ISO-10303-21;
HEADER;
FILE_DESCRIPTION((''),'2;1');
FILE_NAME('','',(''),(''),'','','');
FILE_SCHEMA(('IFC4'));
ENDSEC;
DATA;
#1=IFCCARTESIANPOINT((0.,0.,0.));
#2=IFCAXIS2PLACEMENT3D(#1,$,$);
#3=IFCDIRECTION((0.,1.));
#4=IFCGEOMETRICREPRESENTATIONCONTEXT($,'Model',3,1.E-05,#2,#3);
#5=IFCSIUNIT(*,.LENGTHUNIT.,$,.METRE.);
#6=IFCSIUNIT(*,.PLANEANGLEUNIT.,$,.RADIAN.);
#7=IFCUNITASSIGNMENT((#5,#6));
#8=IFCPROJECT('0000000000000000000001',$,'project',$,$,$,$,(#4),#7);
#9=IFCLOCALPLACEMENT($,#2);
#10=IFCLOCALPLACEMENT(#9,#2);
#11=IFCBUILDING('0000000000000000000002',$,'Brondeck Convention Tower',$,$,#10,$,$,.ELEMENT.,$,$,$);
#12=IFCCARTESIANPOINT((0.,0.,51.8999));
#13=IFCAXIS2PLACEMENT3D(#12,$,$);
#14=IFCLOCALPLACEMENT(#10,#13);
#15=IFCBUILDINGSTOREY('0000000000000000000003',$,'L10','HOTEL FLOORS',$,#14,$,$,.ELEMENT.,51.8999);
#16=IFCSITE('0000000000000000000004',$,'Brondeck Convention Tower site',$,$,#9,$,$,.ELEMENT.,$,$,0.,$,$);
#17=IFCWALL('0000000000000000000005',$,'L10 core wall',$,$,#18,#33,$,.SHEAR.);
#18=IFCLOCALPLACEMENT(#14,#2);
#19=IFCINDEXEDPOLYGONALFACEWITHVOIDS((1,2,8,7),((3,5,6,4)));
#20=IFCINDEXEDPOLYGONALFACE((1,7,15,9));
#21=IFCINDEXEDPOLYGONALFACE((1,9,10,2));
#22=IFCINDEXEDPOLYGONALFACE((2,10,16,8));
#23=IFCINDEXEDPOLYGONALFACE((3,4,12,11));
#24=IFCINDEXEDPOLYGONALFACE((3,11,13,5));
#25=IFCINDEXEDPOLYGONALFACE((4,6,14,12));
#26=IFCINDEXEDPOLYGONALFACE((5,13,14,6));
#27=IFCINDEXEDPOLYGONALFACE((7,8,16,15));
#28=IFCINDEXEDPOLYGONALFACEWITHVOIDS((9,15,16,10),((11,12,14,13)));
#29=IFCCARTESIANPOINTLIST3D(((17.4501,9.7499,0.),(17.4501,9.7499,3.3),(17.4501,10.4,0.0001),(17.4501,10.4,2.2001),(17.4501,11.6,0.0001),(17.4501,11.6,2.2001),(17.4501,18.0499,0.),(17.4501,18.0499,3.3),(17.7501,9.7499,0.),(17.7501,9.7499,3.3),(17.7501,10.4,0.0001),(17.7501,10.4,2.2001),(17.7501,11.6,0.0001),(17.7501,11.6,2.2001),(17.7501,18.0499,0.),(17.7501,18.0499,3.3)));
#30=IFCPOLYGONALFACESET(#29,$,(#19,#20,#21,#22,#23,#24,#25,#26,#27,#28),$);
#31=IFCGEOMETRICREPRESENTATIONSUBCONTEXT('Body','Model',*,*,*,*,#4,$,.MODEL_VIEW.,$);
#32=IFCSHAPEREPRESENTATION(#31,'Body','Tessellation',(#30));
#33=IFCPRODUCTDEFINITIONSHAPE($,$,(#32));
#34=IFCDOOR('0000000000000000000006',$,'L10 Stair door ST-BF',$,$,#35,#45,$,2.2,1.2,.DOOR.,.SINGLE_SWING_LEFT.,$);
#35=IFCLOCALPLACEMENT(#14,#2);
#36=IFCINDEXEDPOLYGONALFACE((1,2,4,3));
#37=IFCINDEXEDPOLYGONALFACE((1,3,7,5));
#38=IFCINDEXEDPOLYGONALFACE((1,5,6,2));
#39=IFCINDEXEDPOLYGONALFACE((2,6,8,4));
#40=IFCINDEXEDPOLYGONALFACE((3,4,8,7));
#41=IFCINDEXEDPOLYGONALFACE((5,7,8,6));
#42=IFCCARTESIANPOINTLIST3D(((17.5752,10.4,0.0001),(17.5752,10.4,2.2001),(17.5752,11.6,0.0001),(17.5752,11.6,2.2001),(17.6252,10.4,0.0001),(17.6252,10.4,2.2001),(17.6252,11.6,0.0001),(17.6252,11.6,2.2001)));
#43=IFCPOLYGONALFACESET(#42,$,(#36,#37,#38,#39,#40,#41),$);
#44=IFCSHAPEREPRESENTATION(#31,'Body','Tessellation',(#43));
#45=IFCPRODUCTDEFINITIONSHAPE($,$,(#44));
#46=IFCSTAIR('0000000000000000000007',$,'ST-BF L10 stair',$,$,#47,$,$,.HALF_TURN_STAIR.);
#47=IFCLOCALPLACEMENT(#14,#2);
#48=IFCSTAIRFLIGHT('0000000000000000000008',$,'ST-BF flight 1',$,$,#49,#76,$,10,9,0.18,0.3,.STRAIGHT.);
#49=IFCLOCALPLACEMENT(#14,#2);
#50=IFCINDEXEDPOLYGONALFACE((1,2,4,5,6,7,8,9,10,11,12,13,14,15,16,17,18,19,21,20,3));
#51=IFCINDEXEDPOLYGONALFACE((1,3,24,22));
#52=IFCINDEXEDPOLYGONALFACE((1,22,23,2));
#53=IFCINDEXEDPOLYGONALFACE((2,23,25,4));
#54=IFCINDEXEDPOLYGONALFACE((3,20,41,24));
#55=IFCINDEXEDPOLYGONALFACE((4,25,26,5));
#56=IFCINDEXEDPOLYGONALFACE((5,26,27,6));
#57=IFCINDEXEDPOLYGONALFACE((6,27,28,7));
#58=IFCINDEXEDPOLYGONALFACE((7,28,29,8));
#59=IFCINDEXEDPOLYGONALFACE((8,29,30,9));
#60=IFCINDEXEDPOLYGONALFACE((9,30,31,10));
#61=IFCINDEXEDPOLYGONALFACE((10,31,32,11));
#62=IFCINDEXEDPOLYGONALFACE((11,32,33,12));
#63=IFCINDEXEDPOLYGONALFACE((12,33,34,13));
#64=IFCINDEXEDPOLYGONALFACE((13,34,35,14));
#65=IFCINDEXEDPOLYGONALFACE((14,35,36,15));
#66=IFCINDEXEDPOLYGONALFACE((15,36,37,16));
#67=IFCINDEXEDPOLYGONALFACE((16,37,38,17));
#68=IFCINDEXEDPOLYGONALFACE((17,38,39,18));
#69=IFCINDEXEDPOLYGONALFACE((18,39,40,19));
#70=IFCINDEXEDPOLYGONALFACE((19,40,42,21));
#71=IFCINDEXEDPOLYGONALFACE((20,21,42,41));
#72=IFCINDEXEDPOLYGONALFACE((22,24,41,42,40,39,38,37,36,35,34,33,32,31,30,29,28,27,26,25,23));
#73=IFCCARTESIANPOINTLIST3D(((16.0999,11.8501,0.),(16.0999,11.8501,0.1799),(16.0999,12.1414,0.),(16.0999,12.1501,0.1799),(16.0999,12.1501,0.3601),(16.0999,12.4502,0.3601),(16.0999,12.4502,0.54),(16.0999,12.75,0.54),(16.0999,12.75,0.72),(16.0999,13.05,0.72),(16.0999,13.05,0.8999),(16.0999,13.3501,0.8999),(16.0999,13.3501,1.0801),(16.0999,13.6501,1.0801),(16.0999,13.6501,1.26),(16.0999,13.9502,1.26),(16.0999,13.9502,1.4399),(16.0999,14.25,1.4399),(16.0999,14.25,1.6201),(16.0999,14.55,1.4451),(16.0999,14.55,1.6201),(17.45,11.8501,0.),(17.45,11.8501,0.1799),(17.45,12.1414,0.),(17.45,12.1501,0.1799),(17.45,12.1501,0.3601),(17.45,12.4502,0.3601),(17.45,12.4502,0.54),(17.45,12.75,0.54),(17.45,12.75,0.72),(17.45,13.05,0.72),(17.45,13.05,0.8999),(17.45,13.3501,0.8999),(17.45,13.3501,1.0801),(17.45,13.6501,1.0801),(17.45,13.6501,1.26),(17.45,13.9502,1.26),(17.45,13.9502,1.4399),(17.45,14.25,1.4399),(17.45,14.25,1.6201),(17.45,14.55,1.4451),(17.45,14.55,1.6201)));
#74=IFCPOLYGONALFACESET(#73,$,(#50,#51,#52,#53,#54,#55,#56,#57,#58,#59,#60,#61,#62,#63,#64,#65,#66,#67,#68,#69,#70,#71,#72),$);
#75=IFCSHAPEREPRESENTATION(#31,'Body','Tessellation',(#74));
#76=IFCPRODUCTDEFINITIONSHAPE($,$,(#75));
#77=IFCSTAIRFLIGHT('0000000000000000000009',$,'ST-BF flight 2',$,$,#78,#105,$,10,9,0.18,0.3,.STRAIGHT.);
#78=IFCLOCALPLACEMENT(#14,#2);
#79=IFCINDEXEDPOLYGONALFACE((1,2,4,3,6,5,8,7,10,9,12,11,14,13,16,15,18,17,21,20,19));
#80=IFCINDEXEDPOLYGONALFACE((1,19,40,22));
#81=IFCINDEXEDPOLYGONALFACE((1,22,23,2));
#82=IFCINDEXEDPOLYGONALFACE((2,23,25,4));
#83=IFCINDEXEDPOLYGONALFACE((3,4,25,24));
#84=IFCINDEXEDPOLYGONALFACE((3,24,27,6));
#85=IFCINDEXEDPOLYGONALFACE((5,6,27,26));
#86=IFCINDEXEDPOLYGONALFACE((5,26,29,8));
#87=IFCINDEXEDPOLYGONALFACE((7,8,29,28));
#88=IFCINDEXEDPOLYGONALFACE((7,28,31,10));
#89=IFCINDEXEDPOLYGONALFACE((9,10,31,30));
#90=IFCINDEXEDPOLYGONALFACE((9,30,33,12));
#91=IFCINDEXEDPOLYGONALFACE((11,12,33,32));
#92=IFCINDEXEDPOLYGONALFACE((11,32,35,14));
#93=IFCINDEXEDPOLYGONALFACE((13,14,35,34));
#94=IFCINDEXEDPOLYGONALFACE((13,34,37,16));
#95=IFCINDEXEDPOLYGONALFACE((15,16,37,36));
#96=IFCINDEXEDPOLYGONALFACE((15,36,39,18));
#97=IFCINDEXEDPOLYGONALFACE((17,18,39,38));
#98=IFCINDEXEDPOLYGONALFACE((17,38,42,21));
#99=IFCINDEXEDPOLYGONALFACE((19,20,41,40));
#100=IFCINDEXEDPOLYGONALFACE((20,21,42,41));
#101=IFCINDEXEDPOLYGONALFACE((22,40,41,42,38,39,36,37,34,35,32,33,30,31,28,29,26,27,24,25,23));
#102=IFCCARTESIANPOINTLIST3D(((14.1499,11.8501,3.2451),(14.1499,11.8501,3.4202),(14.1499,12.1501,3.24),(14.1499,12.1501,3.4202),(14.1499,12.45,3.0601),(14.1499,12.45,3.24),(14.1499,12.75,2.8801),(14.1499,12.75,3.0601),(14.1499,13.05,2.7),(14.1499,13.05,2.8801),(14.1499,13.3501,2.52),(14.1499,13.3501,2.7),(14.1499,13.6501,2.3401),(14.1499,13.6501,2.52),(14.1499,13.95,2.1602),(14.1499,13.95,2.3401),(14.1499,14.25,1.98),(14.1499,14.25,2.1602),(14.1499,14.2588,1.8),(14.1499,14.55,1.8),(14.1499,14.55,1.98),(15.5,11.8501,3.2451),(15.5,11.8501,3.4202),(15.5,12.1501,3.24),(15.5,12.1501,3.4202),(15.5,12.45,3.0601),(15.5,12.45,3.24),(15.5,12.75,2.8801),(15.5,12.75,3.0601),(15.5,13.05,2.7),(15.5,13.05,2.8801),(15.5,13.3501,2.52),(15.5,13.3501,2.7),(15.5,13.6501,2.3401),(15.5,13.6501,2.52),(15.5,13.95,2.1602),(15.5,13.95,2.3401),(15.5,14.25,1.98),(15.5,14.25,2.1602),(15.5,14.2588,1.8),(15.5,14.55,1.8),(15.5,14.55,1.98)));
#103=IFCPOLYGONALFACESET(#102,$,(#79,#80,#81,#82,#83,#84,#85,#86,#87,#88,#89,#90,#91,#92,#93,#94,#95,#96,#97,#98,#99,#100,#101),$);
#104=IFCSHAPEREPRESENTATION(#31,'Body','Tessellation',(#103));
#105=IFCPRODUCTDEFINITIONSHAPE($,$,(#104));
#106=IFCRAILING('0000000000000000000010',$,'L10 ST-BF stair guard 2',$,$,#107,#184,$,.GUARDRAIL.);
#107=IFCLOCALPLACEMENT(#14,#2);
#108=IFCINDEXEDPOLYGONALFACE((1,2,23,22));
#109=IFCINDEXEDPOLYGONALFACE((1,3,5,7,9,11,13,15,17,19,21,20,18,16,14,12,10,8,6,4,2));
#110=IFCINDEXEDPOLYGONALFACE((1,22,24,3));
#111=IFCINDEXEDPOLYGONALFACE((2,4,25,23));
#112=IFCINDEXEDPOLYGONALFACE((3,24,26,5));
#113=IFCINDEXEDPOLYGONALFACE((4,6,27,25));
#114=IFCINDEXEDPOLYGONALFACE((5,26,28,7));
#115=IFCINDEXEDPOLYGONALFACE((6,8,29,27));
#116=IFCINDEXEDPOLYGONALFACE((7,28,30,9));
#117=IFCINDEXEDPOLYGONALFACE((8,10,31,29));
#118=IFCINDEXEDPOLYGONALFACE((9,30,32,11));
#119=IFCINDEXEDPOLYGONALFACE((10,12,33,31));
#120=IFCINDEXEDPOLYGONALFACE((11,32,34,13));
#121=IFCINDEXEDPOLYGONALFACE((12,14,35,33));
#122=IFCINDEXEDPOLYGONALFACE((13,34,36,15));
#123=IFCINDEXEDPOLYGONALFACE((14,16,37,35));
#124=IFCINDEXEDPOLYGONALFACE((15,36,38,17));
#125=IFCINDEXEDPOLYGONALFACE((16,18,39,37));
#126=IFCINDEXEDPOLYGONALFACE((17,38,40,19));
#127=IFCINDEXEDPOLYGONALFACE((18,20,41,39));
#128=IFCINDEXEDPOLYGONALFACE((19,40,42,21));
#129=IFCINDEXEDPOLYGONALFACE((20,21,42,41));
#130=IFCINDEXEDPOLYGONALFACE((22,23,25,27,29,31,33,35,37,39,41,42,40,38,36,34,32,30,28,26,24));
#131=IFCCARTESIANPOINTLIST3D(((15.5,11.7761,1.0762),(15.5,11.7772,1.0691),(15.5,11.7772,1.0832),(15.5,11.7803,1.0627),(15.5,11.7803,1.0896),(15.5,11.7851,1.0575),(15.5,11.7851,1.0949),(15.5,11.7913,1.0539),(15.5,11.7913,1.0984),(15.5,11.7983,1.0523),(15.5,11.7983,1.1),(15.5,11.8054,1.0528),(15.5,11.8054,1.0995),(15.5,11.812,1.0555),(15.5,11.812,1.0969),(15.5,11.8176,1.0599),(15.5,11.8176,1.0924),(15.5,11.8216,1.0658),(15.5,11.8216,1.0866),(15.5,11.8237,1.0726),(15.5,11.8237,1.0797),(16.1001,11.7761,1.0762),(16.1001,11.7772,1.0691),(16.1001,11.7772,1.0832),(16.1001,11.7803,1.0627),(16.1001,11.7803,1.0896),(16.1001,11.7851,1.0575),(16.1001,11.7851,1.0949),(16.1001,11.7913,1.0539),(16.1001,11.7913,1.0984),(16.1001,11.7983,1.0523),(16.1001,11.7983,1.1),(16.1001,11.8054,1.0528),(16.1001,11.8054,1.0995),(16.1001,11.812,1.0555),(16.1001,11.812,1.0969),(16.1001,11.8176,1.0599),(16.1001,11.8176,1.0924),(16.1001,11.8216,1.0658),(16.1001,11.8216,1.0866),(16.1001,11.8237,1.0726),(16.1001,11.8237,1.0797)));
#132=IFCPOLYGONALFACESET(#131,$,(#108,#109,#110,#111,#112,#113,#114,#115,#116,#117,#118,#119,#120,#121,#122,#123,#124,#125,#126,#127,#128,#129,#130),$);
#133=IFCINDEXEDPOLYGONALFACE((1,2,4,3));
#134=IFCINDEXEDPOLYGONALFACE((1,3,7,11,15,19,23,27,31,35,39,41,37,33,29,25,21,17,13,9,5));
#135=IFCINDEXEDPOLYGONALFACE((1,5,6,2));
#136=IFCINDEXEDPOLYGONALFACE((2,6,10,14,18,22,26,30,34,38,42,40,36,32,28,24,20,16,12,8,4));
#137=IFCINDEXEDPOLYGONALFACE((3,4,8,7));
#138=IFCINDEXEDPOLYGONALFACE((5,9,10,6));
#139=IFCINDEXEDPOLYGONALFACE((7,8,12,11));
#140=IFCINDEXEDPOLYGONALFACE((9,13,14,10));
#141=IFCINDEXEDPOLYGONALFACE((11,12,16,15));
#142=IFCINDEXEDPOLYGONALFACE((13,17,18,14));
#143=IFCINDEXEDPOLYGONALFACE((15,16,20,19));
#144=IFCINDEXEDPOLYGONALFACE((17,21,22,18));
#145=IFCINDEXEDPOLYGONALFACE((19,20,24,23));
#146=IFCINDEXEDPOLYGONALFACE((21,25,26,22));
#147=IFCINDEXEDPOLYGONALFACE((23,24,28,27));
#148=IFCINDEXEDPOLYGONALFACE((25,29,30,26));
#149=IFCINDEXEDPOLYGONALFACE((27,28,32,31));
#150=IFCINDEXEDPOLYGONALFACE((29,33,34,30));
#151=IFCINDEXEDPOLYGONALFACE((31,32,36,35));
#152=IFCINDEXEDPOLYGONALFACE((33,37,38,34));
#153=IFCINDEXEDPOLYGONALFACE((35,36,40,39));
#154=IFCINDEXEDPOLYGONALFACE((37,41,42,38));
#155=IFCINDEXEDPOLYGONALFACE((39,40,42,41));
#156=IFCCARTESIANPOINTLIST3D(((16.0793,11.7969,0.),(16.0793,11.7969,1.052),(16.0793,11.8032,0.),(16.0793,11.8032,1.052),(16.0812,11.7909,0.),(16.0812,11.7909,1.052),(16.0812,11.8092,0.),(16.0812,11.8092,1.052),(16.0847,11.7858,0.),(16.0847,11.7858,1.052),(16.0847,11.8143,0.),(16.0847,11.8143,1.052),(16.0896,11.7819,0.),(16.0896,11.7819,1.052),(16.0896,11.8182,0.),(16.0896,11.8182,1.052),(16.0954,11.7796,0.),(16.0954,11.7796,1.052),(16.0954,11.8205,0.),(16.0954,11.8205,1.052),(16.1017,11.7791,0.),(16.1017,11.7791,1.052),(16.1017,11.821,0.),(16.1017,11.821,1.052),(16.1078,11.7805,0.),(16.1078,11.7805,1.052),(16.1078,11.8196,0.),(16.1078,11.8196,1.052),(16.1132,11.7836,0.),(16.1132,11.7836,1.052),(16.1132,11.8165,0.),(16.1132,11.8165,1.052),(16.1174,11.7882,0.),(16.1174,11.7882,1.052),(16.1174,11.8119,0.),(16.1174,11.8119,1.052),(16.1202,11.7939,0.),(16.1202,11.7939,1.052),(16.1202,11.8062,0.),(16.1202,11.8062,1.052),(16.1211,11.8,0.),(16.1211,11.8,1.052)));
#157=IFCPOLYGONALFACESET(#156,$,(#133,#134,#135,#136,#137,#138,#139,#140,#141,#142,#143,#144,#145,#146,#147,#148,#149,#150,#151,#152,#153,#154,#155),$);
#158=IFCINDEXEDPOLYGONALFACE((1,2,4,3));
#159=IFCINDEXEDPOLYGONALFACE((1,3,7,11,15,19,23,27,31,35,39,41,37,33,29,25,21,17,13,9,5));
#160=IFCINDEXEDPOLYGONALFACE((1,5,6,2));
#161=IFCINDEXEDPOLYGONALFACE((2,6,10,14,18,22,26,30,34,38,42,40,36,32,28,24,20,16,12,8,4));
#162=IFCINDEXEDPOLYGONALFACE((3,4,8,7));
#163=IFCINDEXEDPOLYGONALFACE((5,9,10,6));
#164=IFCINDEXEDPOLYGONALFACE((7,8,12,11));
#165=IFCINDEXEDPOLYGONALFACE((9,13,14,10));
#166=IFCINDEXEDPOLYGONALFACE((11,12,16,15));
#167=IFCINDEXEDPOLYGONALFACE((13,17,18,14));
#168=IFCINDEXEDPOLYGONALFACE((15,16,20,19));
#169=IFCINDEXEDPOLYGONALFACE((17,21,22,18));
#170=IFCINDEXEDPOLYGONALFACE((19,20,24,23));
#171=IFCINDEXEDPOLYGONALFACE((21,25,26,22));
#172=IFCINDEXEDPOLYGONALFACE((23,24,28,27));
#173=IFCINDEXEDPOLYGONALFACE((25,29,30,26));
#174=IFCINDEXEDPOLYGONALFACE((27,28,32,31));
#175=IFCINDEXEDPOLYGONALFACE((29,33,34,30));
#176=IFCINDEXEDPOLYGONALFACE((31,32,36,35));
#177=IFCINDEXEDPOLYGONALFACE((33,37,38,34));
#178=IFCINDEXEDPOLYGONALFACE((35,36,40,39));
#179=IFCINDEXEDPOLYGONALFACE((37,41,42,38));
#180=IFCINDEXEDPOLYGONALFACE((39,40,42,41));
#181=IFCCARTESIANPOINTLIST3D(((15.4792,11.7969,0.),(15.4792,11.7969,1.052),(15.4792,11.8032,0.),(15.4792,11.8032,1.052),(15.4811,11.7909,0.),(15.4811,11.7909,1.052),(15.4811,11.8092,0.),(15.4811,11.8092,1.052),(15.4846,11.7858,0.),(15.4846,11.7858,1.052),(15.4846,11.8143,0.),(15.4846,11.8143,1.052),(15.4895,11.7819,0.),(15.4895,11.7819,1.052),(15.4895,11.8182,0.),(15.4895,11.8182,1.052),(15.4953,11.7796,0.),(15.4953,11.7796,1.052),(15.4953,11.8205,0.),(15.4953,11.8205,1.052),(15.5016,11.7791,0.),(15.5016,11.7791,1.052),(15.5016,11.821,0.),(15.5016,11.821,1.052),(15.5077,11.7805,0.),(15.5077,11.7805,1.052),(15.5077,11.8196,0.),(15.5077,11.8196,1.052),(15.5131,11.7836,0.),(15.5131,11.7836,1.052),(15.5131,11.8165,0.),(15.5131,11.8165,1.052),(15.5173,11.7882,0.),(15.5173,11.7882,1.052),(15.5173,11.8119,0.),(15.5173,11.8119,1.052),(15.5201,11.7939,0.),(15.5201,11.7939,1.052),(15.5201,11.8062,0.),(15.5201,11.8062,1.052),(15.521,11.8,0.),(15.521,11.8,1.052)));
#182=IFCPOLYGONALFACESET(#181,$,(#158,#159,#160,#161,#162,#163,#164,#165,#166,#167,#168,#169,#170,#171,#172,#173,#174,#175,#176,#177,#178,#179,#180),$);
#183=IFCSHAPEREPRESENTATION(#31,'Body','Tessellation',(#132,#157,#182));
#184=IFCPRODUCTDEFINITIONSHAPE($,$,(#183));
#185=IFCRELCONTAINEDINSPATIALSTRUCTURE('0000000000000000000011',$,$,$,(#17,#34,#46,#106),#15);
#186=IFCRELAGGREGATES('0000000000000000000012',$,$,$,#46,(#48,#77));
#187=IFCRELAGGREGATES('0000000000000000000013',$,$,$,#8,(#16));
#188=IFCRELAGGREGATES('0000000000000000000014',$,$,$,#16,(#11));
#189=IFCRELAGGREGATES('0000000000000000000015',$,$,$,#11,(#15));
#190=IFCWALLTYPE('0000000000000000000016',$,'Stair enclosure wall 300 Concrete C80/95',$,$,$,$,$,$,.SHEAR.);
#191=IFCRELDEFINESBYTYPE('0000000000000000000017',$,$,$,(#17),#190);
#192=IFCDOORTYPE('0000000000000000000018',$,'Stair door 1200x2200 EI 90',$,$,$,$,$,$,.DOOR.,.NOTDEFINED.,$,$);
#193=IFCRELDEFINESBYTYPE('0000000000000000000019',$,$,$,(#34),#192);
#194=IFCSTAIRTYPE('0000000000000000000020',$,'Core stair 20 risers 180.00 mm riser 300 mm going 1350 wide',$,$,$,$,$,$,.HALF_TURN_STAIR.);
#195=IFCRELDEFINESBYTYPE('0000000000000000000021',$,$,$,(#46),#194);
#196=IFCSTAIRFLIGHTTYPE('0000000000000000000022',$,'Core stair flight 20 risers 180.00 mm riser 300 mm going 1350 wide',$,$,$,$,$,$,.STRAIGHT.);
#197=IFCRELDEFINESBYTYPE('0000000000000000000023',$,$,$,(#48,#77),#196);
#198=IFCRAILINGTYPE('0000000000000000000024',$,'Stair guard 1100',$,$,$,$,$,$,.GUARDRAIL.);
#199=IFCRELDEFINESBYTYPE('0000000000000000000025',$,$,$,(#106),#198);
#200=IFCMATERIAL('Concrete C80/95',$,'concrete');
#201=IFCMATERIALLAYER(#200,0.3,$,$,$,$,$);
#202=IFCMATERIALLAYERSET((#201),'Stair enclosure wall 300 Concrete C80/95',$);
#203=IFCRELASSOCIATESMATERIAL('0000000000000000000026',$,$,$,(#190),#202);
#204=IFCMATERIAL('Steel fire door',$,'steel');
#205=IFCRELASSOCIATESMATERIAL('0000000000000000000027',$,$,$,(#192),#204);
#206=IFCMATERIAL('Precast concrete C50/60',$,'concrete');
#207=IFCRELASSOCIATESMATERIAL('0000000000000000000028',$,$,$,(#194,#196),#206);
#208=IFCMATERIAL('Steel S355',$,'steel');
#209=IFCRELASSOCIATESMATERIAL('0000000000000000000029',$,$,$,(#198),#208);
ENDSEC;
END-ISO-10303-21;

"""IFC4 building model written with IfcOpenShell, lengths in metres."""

from ifc_helpers import new_model, si_unit, direction, frame, frame_2d, origin, origin_2d, place, context, subcontext, project, spatial, polyline, rectangle, circle, outline, extrude, material, layer, layer_set, type_object, element, fill, aggregate, save


model = new_model("IFC4")

# Units and contexts
model_context = context("Model", 3, precision=1e-05, world=origin(), true_north=direction((0.0, 1.0)))
body_context = subcontext(model_context, "Body", "Model", "MODEL_VIEW")
ifc_project = project(units=[si_unit("LENGTHUNIT", "METRE"), si_unit("PLANEANGLEUNIT", "RADIAN")], contexts=[model_context])

# Site, building, storey
site_placement = place(None, origin())
site = spatial("IfcSite", under=ifc_project, at=site_placement, Name="Brondeck Convention Tower site", CompositionType="ELEMENT", RefElevation=0.0)
building_placement = place(site_placement, origin())
building = spatial("IfcBuilding", under=site, at=building_placement, Name="Brondeck Convention Tower", CompositionType="ELEMENT")
storey_placement = place(building_placement, frame((0.0, 0.0, 51.8999)))
storey = spatial("IfcBuildingStorey", under=building, at=storey_placement, Name="L10", Description="HOTEL FLOORS", CompositionType="ELEMENT", Elevation=51.8999)

# Shared definitions
ifc_material_1 = material(Name="Concrete C80/95", Category="concrete")

# Shared definitions
ifc_material_2 = material(Name="Steel S355", Category="steel")

# Shared definitions
ifc_layer_1 = layer(ifc_material_1, 0.3)
ifc_layer_set_1 = layer_set([ifc_layer_1], Name="Stair enclosure wall 300 Concrete C80/95")
wall_type_1 = type_object("IfcWallType", Name="Stair enclosure wall 300 Concrete C80/95", PredefinedType="SHEAR", material=ifc_layer_set_1)

# Wall, opening, door
wall_1_placement = place(storey_placement, frame((17.6001, 9.75, 0.0), z_axis=(0.0, 0.0, 1.0), x_axis=(0.0, 1.0, 0.0)))
wall_1 = element("IfcWall", 1, at=wall_1_placement, inside=storey, type_object=wall_type_1, Name="L10 core wall", PredefinedType="SHEAR", context=body_context, shape_type="SweptSolid", body=[
    extrude(rectangle(XDim=8.3, YDim=0.3, at=frame_2d((4.1499, 0.0))), origin(), (0.0, 0.0, 1.0), 3.3),
])
opening_1_placement = place(wall_1_placement, frame((0.6499, 0.0, 0.0)))
opening_1 = element("IfcOpeningElement", 2, at=opening_1_placement, cuts=wall_1, PredefinedType="OPENING", context=body_context, shape_type="SweptSolid", body=[
    extrude(rectangle(XDim=1.2, YDim=2.2, at=frame_2d((0.6001, 1.1001))), frame((0.0, 0.1599, 0.0), z_axis=(0.0, -1.0, 0.0), x_axis=(1.0, 0.0, 0.0)), (0.0, 0.0, 1.0), 0.3201),
])
ifc_material_3 = material(Name="Steel fire door", Category="steel")
door_type_1 = type_object("IfcDoorType", Name="Stair door 1200x2200 EI 90", OperationType="NOTDEFINED", PredefinedType="DOOR", material=ifc_material_3)
door_1_placement = place(opening_1_placement, origin())
door_1 = element("IfcDoor", 3, at=door_1_placement, inside=storey, type_object=door_type_1, Name="L10 Stair door ST-BF", OperationType="SINGLE_SWING_LEFT", OverallHeight=2.2, OverallWidth=1.2, PredefinedType="DOOR", context=body_context, shape_type="SweptSolid", body=[
    extrude(rectangle(XDim=1.2, YDim=2.2, at=frame_2d((0.6001, 1.1001))), frame((0.0, 0.0249, 0.0), z_axis=(0.0, -1.0, 0.0), x_axis=(1.0, 0.0, 0.0)), (0.0, 0.0, 1.0), 0.05),
])
fill(opening_1, door_1)

# Stair, stair flights
ifc_material_4 = material(Name="Precast concrete C50/60", Category="concrete")
stair_type = type_object("IfcStairType", Name="Core stair 20 risers 180.00 mm riser 300 mm going 1350 wide", PredefinedType="HALF_TURN_STAIR", material=ifc_material_4)
stair_placement = place(storey_placement, origin())
stair = element("IfcStair", 4, at=stair_placement, inside=storey, type_object=stair_type, Name="ST-BF L10 stair", PredefinedType="HALF_TURN_STAIR")
stair_flight_type = type_object("IfcStairFlightType", Name="Core stair flight 20 risers 180.00 mm riser 300 mm going 1350 wide", PredefinedType="STRAIGHT", material=ifc_material_4)
stair_flight_1_placement = place(storey_placement, frame((16.7749, 11.8501, 0.0), z_axis=(0.0, 0.0, 1.0), x_axis=(0.0, 1.0, 0.0)))
stair_flight_1 = element("IfcStairFlight", 5, at=stair_flight_1_placement, type_object=stair_flight_type, Name="ST-BF flight 1", NumberOfRisers=10, NumberOfTreads=9, PredefinedType="STRAIGHT", RiserHeight=0.18, TreadLength=0.3, context=body_context, shape_type="SweptSolid", body=[
    extrude(outline(polyline([(0.0, 0.0), (0.0, 0.1799), (0.3, 0.1799), (0.3, 0.3601), (0.6001, 0.3601), (0.6001, 0.54), (0.8999, 0.54), (0.8999, 0.72), (1.2, 0.72), (1.2, 0.8999), (1.5, 0.8999), (1.5, 1.0801), (1.8, 1.0801), (1.8, 1.26), (2.1001, 1.26), (2.1001, 1.4399), (2.3999, 1.4399), (2.3999, 1.6201), (2.7, 1.6201), (2.7, 1.8), (2.7, 1.4451), (0.2913, 0.0), (0.0, 0.0)])), frame((0.0, 0.675, 0.0), z_axis=(0.0, -1.0, 0.0), x_axis=(1.0, 0.0, 0.0)), (0.0, 0.0, 1.0), 1.3501),
])
stair_flight_2_placement = place(storey_placement, frame((14.825, 14.55, 1.8), z_axis=(0.0, 0.0, 1.0), x_axis=(0.0, -1.0, 0.0)))
stair_flight_2 = element("IfcStairFlight", 6, at=stair_flight_2_placement, type_object=stair_flight_type, Name="ST-BF flight 2", NumberOfRisers=10, NumberOfTreads=9, PredefinedType="STRAIGHT", RiserHeight=0.18, TreadLength=0.3, context=body_context, shape_type="SweptSolid", body=[
    extrude(outline(polyline([(0.0, 0.0), (0.0, 0.1799), (0.3, 0.1799), (0.3, 0.3601), (0.6001, 0.3601), (0.6001, 0.54), (0.8999, 0.54), (0.8999, 0.72), (1.2, 0.72), (1.2, 0.8999), (1.5, 0.8999), (1.5, 1.0801), (1.8, 1.0801), (1.8, 1.26), (2.1001, 1.26), (2.1001, 1.4399), (2.3999, 1.4399), (2.3999, 1.6201), (2.7, 1.6201), (2.7, 1.8), (2.7, 1.4451), (0.2913, 0.0), (0.0, 0.0)])), frame((0.0, 0.675, 0.0), z_axis=(0.0, -1.0, 0.0), x_axis=(1.0, 0.0, 0.0)), (0.0, 0.0, 1.0), 1.3501),
])
aggregate(stair, [stair_flight_1, stair_flight_2])

# Railing
railing_type_1 = type_object("IfcRailingType", Name="Stair guard 1100", PredefinedType="GUARDRAIL", material=ifc_material_2)
railing_1_placement = place(storey_placement, frame((16.1001, 11.8, 0.0)))
element("IfcRailing", 7, at=railing_1_placement, inside=storey, type_object=railing_type_1, Name="L10 ST-BF stair guard 2", PredefinedType="GUARDRAIL", context=body_context, shape_type="SweptSolid", body=[
    extrude(circle(Radius=0.0239, at=origin_2d()), frame((0.0, 0.0, 1.0762), z_axis=(-1.0, 0.0, 0.0), x_axis=(0.0, -1.0, 0.0)), (0.0, 0.0, 1.0), 0.6001),
    extrude(circle(Radius=0.021, at=origin_2d()), origin(), (0.0, 0.0, 1.0), 1.052),
    extrude(circle(Radius=0.021, at=origin_2d()), frame((-0.6001, 0.0, 0.0)), (0.0, 0.0, 1.0), 1.052),
])

save(model, "model.ifc")
